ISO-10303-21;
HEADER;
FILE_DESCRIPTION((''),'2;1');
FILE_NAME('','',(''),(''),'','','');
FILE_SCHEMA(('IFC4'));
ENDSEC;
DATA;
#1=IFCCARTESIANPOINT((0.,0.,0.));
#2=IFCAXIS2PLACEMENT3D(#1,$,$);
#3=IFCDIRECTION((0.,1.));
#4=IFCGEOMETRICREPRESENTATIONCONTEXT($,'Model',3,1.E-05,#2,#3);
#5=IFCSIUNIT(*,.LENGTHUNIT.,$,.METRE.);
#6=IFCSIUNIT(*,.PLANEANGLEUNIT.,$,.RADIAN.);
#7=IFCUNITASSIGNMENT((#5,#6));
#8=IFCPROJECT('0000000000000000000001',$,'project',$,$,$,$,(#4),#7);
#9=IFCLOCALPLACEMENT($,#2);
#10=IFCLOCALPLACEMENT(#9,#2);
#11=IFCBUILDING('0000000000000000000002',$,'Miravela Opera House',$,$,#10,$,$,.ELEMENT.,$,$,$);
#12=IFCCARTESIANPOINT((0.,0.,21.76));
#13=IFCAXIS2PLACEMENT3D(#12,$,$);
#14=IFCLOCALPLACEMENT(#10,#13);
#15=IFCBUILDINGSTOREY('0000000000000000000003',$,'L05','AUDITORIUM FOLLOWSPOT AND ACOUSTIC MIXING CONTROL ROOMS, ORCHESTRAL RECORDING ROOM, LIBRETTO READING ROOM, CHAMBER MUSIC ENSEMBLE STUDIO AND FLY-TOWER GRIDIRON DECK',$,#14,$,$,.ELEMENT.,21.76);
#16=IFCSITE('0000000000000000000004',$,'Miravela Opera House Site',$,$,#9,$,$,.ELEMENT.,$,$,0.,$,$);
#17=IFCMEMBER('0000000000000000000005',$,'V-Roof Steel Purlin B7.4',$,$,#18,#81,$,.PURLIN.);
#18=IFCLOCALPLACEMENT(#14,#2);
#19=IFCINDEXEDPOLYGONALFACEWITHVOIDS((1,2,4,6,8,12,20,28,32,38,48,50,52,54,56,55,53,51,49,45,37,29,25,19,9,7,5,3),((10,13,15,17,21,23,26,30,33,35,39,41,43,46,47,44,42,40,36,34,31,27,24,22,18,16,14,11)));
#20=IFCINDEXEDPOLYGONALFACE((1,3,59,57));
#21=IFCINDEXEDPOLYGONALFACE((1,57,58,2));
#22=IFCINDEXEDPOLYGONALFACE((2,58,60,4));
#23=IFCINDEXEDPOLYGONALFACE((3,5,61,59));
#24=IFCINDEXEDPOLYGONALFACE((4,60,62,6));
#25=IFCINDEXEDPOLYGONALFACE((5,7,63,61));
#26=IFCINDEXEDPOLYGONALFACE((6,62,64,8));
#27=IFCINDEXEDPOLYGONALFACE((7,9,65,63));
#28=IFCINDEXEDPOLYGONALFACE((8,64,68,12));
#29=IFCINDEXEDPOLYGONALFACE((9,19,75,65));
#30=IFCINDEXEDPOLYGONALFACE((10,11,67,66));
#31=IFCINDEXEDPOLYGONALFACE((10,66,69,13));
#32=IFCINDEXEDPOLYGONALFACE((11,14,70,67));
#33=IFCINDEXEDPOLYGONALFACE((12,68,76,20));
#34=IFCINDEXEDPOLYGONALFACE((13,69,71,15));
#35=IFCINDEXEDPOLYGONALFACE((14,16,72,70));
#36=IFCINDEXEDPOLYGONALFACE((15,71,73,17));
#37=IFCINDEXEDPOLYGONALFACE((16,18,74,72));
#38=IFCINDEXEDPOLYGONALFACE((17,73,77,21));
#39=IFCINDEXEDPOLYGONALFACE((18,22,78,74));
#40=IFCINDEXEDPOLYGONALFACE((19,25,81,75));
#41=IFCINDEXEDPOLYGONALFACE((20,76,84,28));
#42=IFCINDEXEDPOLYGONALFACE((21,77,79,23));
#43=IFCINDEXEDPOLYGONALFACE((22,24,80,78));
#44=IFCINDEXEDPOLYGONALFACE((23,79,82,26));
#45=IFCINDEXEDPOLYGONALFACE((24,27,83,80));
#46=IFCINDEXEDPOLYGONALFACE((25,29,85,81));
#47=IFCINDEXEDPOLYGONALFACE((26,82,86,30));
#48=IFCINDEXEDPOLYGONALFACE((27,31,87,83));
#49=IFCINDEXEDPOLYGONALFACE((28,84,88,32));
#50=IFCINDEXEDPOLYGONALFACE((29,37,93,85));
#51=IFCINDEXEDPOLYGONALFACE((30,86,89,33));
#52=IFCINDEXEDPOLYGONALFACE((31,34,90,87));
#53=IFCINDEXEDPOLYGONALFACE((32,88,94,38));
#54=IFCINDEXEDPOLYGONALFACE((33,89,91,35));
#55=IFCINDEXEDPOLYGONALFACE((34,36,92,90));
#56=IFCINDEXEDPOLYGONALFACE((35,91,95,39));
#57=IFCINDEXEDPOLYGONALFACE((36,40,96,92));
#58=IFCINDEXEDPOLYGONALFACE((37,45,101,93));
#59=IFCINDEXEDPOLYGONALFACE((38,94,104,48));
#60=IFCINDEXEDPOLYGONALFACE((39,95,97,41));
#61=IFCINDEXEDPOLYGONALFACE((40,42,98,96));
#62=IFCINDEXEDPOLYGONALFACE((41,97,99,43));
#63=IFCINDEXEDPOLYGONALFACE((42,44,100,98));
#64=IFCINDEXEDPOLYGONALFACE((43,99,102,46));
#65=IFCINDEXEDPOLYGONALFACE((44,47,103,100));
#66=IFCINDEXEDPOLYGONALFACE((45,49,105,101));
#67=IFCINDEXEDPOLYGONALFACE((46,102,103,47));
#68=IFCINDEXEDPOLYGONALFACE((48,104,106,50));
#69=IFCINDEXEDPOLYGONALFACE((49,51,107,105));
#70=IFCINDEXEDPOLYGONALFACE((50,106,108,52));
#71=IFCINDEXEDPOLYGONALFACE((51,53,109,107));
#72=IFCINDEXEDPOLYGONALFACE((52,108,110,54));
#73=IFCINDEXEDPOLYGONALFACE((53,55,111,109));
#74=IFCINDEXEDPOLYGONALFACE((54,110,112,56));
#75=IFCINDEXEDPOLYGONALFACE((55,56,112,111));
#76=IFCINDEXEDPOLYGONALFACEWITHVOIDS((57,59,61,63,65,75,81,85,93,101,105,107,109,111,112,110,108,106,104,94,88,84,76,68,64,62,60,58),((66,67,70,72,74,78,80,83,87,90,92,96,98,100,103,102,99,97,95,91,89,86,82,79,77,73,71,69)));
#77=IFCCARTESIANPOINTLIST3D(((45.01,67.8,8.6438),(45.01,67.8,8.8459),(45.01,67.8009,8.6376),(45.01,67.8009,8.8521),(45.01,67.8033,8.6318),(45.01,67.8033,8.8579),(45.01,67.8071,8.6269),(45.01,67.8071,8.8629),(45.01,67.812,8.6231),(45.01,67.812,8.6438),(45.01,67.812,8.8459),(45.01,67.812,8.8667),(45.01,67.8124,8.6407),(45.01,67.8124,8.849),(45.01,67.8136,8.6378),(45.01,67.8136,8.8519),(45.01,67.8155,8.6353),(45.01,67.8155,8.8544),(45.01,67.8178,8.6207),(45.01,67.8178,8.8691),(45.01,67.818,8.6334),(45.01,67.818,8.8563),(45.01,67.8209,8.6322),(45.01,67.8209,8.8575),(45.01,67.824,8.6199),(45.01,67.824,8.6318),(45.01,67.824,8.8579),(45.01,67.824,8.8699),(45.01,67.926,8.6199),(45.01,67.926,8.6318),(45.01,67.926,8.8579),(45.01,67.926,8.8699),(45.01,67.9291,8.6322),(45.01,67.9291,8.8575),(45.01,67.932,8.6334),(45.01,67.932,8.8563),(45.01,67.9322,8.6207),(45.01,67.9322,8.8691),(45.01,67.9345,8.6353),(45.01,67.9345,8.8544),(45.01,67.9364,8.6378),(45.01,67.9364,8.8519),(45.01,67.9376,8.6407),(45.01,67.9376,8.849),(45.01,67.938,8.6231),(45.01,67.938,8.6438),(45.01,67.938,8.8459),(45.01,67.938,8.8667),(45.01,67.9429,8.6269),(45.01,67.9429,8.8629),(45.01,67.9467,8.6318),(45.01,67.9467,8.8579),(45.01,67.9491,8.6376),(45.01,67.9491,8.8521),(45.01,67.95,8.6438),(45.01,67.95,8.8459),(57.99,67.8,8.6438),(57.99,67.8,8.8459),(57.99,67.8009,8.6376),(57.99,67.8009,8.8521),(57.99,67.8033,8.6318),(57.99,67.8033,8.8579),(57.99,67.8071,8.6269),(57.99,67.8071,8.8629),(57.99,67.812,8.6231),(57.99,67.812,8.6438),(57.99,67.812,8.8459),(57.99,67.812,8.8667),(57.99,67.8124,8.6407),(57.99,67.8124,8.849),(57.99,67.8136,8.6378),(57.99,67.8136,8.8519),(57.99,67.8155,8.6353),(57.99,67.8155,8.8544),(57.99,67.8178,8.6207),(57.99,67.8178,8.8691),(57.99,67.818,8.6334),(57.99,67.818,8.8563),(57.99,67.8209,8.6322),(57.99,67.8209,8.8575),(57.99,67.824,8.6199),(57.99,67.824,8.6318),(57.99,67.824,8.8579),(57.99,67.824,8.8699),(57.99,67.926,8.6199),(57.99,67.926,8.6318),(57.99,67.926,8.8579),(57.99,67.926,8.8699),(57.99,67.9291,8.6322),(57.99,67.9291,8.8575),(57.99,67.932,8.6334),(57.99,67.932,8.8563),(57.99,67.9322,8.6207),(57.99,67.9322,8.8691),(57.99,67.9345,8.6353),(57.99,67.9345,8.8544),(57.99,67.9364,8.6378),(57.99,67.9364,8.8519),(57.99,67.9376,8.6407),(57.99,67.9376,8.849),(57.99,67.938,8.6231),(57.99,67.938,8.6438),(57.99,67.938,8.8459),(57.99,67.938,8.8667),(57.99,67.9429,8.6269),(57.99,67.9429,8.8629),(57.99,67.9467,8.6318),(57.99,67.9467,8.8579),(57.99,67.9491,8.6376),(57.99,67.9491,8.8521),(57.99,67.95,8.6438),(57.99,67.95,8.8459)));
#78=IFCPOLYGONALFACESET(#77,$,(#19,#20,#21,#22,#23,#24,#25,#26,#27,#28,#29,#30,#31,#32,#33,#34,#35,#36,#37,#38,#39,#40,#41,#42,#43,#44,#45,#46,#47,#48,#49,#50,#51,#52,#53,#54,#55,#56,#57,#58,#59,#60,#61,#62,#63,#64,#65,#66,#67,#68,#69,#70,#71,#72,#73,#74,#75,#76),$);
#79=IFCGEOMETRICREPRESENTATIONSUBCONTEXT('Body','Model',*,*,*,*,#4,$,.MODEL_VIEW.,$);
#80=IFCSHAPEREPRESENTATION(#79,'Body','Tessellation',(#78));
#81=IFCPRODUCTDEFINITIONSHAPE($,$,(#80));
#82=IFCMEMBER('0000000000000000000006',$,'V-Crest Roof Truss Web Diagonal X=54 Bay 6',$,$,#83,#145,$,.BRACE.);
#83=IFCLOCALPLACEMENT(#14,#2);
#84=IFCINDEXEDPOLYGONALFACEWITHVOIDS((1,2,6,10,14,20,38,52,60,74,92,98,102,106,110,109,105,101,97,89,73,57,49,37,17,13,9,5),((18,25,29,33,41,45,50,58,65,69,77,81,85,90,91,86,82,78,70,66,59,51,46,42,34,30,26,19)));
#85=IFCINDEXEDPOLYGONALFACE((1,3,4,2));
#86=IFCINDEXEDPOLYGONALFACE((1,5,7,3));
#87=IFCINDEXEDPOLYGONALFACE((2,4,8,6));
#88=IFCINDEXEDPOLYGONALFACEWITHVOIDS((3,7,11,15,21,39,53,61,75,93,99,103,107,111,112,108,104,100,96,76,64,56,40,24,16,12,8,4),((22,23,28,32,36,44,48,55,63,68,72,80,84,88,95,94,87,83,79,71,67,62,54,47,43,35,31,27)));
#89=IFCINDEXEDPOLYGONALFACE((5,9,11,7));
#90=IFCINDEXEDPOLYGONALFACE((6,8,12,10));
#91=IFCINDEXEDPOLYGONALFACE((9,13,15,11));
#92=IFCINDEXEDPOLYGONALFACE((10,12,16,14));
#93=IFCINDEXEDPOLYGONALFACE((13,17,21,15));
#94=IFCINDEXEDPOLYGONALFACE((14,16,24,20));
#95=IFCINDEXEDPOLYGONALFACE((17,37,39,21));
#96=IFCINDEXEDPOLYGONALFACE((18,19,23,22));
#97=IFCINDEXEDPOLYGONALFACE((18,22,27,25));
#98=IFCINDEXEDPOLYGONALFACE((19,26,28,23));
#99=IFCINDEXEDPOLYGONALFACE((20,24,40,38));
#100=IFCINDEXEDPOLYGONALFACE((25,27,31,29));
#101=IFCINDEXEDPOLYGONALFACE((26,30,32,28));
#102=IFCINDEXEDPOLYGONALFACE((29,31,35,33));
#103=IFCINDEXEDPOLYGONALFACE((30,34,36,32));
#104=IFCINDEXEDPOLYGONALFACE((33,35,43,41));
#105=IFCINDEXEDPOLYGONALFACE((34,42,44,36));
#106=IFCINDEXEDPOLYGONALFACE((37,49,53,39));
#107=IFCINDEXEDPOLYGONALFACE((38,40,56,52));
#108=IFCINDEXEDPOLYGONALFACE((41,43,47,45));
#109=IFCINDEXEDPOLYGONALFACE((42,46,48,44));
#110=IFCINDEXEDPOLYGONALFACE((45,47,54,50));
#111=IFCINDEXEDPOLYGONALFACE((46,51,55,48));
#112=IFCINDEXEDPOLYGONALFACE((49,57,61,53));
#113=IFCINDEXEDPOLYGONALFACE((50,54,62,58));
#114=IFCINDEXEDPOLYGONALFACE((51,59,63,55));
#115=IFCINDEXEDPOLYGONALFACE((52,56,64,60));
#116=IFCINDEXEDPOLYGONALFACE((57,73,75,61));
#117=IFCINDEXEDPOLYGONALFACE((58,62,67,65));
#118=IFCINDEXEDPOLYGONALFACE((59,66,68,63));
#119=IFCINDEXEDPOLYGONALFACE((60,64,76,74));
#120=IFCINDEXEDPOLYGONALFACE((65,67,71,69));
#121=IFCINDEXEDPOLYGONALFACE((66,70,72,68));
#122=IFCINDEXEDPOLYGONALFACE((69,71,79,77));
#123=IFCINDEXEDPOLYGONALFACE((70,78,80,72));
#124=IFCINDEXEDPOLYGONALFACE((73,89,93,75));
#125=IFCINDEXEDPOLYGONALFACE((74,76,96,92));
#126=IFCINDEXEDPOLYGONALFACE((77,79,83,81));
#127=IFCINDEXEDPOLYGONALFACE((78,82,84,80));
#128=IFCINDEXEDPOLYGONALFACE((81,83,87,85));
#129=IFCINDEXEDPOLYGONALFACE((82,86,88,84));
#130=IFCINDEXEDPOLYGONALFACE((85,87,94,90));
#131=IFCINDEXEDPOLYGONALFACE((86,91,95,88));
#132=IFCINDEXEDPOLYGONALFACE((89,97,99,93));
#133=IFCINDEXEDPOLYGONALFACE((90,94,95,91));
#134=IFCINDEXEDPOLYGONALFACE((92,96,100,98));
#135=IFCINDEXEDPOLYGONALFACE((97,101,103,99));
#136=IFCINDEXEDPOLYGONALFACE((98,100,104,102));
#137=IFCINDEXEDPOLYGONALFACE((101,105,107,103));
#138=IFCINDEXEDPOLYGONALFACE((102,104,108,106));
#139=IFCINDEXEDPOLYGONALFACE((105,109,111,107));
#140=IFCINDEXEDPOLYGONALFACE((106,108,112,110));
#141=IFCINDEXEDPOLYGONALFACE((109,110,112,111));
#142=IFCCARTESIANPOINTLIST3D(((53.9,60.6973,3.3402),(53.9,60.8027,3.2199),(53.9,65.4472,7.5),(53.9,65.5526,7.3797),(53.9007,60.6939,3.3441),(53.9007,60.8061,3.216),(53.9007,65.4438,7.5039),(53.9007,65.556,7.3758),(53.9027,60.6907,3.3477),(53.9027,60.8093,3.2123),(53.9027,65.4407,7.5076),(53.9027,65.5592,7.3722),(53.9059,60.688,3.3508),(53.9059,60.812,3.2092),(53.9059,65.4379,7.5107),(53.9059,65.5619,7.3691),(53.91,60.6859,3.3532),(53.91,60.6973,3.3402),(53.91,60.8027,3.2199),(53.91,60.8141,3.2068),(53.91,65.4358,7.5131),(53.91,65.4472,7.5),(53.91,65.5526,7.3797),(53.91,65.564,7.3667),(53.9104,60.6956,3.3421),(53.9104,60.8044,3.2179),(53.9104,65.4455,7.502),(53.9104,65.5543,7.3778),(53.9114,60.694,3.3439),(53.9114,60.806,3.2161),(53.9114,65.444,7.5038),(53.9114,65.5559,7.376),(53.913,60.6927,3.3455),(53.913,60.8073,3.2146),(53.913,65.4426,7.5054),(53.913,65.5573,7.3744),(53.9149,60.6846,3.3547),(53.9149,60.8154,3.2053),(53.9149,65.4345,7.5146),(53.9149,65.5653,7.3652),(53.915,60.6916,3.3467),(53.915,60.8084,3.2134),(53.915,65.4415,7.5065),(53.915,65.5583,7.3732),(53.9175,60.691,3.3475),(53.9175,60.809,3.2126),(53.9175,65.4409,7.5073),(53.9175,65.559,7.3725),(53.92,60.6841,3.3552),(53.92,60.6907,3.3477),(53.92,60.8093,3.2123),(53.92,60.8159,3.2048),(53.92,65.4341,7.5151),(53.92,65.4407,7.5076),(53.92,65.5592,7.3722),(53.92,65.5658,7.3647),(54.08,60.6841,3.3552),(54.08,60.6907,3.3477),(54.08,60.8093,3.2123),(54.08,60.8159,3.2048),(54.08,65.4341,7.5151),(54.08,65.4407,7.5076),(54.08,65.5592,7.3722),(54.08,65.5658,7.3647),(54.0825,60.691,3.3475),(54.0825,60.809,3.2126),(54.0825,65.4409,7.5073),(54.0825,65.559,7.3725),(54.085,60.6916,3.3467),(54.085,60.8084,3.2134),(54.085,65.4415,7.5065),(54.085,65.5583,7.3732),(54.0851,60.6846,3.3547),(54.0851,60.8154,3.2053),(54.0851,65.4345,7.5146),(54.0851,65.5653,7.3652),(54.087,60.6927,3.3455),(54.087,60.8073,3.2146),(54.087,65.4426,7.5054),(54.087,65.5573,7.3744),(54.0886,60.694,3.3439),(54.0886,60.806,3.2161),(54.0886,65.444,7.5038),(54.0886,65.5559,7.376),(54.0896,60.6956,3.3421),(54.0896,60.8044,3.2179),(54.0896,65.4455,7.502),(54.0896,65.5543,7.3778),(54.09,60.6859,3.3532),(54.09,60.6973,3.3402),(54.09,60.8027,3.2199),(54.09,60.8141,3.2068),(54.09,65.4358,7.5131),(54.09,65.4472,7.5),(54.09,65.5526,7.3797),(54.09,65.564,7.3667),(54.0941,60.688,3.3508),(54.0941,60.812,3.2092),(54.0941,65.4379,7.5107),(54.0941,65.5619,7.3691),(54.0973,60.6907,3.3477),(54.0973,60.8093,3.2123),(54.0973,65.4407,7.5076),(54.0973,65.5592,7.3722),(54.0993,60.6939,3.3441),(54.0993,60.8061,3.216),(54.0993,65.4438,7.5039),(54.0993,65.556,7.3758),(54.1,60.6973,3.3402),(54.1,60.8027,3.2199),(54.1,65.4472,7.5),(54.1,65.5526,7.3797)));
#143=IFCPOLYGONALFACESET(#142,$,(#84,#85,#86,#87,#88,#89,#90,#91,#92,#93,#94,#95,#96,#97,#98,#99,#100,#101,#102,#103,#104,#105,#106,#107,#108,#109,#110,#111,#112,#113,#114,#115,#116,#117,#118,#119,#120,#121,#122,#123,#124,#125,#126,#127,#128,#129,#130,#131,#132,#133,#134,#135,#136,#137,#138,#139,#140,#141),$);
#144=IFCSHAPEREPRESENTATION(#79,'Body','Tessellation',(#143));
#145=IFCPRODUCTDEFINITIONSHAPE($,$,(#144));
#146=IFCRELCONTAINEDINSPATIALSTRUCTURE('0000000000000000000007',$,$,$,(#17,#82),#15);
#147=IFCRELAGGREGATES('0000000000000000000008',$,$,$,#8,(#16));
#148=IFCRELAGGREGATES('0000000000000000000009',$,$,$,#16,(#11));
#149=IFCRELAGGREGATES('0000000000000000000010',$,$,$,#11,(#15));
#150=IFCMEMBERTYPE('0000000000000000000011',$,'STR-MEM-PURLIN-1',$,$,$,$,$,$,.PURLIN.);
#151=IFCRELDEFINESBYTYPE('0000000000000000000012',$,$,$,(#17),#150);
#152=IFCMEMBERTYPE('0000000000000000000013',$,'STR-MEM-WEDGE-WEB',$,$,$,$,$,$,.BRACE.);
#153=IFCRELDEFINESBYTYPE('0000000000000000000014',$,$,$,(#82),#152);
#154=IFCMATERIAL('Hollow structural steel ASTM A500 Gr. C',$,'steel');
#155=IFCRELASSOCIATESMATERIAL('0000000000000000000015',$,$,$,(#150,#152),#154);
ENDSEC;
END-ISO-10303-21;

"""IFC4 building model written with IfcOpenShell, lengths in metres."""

from ifc_helpers import new_model, si_unit, direction, frame, origin, origin_2d, place, context, subcontext, project, spatial, hollow_rectangle, extrude, material, material_profile, profile_set, type_object, element, save


model = new_model("IFC4")

# Units and contexts
model_context = context("Model", 3, precision=1e-05, world=origin(), true_north=direction((0.0, 1.0)))
body_context = subcontext(model_context, "Body", "Model", "MODEL_VIEW")
ifc_project = project(units=[si_unit("LENGTHUNIT", "METRE"), si_unit("PLANEANGLEUNIT", "RADIAN")], contexts=[model_context])

# Site, building, storey
site_placement = place(None, origin())
site = spatial("IfcSite", under=ifc_project, at=site_placement, Name="Miravela Opera House Site", CompositionType="ELEMENT", RefElevation=0.0)
building_placement = place(site_placement, origin())
building = spatial("IfcBuilding", under=site, at=building_placement, Name="Miravela Opera House", CompositionType="ELEMENT")
storey_placement = place(building_placement, frame((0.0, 0.0, 21.76)))
storey = spatial("IfcBuildingStorey", under=building, at=storey_placement, Name="L05", Description="AUDITORIUM FOLLOWSPOT AND ACOUSTIC MIXING CONTROL ROOMS, ORCHESTRAL RECORDING ROOM, LIBRETTO READING ROOM, CHAMBER MUSIC ENSEMBLE STUDIO AND FLY-TOWER GRIDIRON DECK", CompositionType="ELEMENT", Elevation=21.76)

# Members
ifc_material_1 = material(Name="Hollow structural steel ASTM A500 Gr. C", Category="steel")
ifc_material_profile_1 = material_profile(ifc_material_1, hollow_rectangle(XDim=0.1499, YDim=0.25, WallThickness=0.012, InnerFilletRadius=0.012, OuterFilletRadius=0.0239, at=origin_2d()), Name="HSS250X150X12")
ifc_profile_set_1 = profile_set([ifc_material_profile_1])
member_type_1 = type_object("IfcMemberType", Name="STR-MEM-PURLIN-1", PredefinedType="PURLIN", material=ifc_profile_set_1)
for number, where, z_axis, x_axis, name in (
    (1, (45.01, 67.875, 8.7449), (1.0, 0.0, 0.0), (0.0, 1.0, 0.0), "V-Roof Steel Purlin B7.4"),
):
    element("IfcMember", number, at=place(storey_placement, frame(where, z_axis=z_axis, x_axis=x_axis)), inside=storey, type_object=member_type_1, Name=name, PredefinedType="PURLIN", context=body_context, shape_type="SweptSolid", body=[
        extrude(hollow_rectangle(XDim=0.1499, YDim=0.25, WallThickness=0.012, InnerFilletRadius=0.012, OuterFilletRadius=0.0239, at=origin_2d()), origin(), (0.0, 0.0, 1.0), 12.98),
    ])
ifc_material_profile_2 = material_profile(ifc_material_1, hollow_rectangle(XDim=0.2, YDim=0.2, WallThickness=0.01, InnerFilletRadius=0.01, OuterFilletRadius=0.02, at=origin_2d()), Name="HSS200X200X10")
ifc_profile_set_2 = profile_set([ifc_material_profile_2])
member_type_2 = type_object("IfcMemberType", Name="STR-MEM-WEDGE-WEB", PredefinedType="BRACE", material=ifc_profile_set_2)
member_1_placement = place(storey_placement, frame((54.0, 60.75, 3.28), z_axis=(0.0, 0.752289, 0.658833), x_axis=(-1.0, 0.0, 0.0)))
element("IfcMember", 2, at=member_1_placement, inside=storey, type_object=member_type_2, Name="V-Crest Roof Truss Web Diagonal X=54 Bay 6", PredefinedType="BRACE", context=body_context, shape_type="SweptSolid", body=[
    extrude(hollow_rectangle(XDim=0.2, YDim=0.2, WallThickness=0.01, InnerFilletRadius=0.01, OuterFilletRadius=0.02, at=origin_2d()), origin(), (0.0, 0.0, 1.0), 6.314),
])

save(model, "model.ifc")
